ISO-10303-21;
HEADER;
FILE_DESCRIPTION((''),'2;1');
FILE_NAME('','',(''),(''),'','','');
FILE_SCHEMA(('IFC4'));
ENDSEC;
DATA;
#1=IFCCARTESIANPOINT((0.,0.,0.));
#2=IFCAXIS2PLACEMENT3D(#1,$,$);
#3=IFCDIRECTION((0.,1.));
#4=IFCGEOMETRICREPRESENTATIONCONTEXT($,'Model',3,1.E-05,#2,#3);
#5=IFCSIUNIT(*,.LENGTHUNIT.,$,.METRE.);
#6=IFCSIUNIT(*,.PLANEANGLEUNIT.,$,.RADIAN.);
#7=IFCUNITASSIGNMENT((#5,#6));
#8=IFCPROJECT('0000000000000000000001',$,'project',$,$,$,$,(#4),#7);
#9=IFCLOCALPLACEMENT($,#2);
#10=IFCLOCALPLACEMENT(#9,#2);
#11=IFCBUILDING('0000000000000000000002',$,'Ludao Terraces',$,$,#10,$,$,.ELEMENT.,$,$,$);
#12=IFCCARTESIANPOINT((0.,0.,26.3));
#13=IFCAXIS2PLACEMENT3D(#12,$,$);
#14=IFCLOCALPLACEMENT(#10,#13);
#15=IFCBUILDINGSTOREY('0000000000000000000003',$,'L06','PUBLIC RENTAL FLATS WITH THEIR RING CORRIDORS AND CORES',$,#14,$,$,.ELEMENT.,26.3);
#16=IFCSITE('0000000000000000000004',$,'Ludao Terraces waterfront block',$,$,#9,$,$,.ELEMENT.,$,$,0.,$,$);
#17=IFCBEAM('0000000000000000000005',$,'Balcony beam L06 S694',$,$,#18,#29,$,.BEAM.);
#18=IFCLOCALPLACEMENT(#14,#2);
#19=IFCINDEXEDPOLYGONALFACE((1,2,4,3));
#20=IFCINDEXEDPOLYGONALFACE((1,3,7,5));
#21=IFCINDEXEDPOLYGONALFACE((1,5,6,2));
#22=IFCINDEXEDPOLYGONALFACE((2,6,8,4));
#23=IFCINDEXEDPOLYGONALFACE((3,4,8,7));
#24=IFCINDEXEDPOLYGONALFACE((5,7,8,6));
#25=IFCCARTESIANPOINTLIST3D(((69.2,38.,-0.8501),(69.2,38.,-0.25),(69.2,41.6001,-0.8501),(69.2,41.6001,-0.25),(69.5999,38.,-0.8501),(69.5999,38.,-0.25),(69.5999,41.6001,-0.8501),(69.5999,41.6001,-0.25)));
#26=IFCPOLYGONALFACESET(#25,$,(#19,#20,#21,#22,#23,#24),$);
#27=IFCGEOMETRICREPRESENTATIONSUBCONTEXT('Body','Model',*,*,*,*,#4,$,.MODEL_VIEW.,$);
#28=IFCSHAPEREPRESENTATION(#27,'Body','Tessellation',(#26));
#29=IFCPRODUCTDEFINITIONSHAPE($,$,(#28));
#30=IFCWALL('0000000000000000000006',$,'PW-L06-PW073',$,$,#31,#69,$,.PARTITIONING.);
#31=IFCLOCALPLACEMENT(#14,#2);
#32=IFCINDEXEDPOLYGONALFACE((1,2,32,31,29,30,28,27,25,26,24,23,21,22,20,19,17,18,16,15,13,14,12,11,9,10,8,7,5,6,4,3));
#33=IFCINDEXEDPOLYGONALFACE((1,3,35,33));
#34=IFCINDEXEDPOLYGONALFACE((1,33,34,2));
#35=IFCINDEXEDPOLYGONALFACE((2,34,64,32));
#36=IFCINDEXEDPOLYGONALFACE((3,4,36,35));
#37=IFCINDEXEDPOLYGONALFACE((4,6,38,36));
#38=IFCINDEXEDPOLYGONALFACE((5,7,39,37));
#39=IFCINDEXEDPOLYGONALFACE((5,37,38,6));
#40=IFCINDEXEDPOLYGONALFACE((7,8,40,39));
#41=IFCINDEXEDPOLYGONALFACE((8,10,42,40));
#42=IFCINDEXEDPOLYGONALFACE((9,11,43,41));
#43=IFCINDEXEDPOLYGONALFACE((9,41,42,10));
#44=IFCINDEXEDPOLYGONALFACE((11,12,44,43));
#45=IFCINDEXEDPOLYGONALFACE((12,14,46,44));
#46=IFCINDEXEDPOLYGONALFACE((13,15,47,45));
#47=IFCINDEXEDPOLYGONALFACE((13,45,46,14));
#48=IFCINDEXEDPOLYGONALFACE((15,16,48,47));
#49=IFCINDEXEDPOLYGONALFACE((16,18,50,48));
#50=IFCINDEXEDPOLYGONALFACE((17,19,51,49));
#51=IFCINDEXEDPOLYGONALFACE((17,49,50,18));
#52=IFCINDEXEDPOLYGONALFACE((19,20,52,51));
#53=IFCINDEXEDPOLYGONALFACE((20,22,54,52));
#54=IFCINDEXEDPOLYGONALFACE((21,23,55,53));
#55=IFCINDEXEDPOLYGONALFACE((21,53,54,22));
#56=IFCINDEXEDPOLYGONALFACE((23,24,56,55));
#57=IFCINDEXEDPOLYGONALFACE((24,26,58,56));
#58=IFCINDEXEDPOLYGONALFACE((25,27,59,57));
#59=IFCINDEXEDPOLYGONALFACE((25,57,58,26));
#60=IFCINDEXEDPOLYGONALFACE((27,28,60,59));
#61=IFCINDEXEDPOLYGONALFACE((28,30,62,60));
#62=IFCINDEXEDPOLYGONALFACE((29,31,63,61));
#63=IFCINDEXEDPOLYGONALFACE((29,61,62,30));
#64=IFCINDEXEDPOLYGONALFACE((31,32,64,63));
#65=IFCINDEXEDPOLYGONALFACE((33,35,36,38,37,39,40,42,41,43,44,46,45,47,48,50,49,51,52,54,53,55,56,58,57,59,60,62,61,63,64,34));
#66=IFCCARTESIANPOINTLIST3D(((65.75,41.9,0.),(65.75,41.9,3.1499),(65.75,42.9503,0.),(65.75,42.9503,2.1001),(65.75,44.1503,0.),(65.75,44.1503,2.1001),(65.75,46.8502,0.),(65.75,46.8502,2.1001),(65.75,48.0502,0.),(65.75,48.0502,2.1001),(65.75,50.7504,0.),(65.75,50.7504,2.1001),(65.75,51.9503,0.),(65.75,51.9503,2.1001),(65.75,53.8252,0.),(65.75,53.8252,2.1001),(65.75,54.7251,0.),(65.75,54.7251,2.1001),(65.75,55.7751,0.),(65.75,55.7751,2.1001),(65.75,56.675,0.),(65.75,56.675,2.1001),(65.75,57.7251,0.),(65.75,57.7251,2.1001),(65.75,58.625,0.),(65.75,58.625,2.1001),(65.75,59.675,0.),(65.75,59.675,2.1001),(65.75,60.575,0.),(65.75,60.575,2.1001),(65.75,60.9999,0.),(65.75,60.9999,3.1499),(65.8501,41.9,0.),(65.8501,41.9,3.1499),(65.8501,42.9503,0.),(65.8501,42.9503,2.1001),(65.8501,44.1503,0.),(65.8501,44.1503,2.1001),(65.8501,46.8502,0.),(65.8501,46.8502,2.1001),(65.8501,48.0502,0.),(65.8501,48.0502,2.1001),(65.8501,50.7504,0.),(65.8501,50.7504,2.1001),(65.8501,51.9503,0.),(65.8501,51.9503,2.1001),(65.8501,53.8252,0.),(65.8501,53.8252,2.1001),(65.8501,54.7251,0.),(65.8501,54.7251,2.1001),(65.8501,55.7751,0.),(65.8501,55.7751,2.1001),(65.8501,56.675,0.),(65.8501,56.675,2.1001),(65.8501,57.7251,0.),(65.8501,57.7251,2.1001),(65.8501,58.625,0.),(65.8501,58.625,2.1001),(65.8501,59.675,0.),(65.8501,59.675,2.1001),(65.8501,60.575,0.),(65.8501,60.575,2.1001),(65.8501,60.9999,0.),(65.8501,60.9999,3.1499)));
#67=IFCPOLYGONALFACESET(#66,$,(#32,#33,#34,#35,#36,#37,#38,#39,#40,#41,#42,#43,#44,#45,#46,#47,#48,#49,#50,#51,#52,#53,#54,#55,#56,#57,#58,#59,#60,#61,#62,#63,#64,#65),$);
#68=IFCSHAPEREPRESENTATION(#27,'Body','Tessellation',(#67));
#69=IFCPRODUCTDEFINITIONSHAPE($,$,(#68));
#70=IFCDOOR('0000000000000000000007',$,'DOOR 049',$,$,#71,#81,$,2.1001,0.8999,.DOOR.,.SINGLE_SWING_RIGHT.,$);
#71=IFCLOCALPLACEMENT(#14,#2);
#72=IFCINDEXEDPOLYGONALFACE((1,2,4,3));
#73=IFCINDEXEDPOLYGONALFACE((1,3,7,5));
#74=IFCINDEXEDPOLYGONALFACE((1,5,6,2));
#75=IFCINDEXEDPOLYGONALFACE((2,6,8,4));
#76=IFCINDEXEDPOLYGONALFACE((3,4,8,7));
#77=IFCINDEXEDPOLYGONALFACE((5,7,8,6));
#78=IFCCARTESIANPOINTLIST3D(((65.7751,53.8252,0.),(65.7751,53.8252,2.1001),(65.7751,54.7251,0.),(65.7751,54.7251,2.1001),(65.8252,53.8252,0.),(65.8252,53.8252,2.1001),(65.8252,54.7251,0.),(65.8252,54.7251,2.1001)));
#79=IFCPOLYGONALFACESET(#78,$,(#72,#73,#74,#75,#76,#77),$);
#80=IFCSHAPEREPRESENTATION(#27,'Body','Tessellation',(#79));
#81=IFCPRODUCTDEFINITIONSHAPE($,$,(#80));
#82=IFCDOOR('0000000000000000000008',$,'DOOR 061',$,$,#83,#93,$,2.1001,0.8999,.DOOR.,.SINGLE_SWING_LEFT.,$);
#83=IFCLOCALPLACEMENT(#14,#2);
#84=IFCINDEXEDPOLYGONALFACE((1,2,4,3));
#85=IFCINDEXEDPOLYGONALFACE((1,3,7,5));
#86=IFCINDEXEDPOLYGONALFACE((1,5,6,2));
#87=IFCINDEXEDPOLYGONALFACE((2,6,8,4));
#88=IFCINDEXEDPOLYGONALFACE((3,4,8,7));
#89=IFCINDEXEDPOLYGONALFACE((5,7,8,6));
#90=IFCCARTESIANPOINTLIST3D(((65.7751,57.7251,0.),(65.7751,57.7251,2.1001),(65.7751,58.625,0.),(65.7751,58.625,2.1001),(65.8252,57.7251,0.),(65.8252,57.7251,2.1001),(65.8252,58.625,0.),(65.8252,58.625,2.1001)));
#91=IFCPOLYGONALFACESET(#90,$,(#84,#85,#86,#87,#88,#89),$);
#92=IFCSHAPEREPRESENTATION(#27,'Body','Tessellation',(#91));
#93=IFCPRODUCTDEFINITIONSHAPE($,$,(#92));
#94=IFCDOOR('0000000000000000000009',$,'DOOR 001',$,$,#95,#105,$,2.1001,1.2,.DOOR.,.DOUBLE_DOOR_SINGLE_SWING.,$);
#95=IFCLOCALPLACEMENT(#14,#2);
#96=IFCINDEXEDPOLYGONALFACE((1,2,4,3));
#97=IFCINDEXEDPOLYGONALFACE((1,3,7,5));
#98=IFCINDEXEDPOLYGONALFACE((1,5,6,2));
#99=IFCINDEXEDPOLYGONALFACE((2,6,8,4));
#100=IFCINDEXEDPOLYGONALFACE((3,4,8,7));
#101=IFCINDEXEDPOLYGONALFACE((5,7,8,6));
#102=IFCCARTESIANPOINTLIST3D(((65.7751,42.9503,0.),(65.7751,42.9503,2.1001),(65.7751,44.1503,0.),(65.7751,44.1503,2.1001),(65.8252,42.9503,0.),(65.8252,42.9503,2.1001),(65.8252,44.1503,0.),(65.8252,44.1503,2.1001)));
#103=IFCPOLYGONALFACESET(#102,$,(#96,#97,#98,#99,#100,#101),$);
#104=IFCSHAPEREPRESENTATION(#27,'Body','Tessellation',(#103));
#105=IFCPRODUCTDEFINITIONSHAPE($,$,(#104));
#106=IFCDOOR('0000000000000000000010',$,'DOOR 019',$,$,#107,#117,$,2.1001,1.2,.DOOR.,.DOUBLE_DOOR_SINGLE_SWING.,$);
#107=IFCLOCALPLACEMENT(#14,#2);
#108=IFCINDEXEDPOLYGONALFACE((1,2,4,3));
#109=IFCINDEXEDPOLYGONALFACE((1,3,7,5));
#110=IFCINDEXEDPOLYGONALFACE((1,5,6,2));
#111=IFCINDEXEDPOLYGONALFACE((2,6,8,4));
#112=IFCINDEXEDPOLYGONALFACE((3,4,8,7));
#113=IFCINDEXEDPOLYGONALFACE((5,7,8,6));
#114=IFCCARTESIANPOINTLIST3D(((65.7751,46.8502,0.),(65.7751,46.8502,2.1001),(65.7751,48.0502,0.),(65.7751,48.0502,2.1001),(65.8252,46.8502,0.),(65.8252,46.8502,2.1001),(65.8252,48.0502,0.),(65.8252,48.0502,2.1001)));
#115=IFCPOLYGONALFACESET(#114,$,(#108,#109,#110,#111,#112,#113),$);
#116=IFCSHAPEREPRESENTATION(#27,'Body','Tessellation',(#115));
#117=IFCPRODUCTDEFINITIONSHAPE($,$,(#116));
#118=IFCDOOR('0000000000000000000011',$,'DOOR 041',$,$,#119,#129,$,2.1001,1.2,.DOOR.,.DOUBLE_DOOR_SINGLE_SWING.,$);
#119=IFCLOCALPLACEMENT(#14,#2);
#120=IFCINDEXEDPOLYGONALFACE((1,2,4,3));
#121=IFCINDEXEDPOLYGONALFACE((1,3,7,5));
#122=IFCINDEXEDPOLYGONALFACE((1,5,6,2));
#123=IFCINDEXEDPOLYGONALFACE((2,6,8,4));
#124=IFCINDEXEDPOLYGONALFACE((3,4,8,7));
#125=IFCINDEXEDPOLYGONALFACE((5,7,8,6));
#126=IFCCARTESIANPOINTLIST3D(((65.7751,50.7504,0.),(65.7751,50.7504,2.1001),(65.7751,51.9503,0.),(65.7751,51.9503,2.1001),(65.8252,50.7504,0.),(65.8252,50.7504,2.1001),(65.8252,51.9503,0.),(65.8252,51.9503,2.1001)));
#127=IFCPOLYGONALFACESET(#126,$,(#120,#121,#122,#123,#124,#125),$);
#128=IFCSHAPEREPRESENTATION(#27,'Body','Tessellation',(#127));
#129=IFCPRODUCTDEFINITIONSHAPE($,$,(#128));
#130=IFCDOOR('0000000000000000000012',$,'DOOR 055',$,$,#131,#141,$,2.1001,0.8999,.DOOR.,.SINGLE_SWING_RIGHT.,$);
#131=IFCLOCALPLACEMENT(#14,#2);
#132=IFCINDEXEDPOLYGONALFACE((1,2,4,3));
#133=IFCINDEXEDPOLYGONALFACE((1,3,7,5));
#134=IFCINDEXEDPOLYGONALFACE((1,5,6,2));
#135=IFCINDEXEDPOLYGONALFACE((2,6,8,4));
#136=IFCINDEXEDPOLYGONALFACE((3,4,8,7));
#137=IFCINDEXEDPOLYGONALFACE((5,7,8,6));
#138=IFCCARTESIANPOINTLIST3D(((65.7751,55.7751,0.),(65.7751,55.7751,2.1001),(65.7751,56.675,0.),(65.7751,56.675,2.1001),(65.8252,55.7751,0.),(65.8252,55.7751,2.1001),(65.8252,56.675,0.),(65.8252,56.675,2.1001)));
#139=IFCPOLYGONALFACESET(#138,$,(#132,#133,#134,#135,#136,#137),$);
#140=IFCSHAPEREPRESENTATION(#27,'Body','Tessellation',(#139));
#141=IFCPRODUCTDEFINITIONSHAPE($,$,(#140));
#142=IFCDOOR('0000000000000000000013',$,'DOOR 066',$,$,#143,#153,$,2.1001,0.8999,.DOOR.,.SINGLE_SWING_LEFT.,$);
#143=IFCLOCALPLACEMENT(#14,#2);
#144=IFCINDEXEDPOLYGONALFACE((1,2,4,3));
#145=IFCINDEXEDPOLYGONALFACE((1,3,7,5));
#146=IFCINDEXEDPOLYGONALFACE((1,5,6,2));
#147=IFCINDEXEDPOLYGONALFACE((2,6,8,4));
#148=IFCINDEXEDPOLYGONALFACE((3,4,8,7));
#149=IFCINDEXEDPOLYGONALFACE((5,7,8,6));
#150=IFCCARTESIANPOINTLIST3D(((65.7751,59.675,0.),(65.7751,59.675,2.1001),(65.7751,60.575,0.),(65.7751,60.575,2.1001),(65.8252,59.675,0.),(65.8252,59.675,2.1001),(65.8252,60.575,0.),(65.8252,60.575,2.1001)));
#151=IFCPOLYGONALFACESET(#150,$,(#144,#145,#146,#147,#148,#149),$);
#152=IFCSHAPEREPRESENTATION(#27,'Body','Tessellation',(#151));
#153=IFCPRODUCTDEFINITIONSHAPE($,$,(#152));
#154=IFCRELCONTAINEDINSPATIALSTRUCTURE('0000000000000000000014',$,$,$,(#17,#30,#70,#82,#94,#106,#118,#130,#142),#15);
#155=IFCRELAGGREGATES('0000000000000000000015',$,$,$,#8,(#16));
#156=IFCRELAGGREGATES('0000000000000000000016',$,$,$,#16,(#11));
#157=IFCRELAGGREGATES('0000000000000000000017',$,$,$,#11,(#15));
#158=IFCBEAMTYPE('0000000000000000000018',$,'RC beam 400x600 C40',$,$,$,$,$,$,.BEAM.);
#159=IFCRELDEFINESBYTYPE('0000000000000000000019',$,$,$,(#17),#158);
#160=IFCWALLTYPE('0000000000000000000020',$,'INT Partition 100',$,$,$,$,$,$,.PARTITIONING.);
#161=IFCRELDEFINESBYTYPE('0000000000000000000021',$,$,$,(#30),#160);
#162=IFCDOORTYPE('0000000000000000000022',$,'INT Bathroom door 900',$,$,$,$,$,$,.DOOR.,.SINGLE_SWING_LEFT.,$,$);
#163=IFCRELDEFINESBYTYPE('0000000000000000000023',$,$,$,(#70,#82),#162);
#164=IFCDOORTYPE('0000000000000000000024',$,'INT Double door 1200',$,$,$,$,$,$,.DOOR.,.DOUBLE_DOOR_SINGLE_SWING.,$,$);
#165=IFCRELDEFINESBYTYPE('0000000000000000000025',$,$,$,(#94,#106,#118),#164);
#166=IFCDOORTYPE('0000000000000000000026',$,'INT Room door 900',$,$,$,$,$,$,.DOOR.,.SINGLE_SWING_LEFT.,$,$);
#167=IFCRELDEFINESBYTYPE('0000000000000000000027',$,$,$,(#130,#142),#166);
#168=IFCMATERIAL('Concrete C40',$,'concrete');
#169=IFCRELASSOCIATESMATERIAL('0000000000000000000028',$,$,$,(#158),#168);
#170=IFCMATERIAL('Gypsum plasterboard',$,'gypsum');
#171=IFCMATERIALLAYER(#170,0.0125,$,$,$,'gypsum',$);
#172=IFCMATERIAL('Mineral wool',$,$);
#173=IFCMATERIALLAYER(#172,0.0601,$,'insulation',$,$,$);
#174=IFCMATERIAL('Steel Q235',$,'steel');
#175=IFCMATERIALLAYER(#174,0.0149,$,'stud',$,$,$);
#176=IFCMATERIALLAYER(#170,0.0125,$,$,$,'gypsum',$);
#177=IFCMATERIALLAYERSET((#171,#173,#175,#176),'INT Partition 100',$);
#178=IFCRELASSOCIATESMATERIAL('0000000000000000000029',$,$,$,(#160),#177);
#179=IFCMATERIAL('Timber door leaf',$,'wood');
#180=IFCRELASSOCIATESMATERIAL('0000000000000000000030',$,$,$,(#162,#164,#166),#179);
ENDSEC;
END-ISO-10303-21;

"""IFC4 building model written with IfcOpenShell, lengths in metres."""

from ifc_helpers import new_model, si_unit, direction, frame, frame_2d, origin, origin_2d, place, context, subcontext, project, spatial, rectangle, extrude, material, layer, layer_set, material_profile, profile_set, type_object, element, fill, save


model = new_model("IFC4")

# Units and contexts
model_context = context("Model", 3, precision=1e-05, world=origin(), true_north=direction((0.0, 1.0)))
body_context = subcontext(model_context, "Body", "Model", "MODEL_VIEW")
ifc_project = project(units=[si_unit("LENGTHUNIT", "METRE"), si_unit("PLANEANGLEUNIT", "RADIAN")], contexts=[model_context])

# Site, building, storey
site_placement = place(None, origin())
site = spatial("IfcSite", under=ifc_project, at=site_placement, Name="Ludao Terraces waterfront block", CompositionType="ELEMENT", RefElevation=0.0)
building_placement = place(site_placement, origin())
building = spatial("IfcBuilding", under=site, at=building_placement, Name="Ludao Terraces", CompositionType="ELEMENT")
storey_placement = place(building_placement, frame((0.0, 0.0, 26.3)))
storey = spatial("IfcBuildingStorey", under=building, at=storey_placement, Name="L06", Description="PUBLIC RENTAL FLATS WITH THEIR RING CORRIDORS AND CORES", CompositionType="ELEMENT", Elevation=26.3)

# Beam
ifc_material_1 = material(Name="Concrete C40", Category="concrete")
ifc_material_profile = material_profile(ifc_material_1, rectangle(XDim=0.3999, YDim=0.6001, at=origin_2d()), Name="400 X 600")
ifc_profile_set = profile_set([ifc_material_profile], Name="Concrete C40")
beam_type = type_object("IfcBeamType", Name="RC beam 400x600 C40", PredefinedType="BEAM", material=ifc_profile_set)
beam_placement = place(storey_placement, frame((69.3999, 41.6001, -0.55), z_axis=(0.0, -1.0, 0.0), x_axis=(1.0, 0.0, 0.0)))
element("IfcBeam", 1, at=beam_placement, inside=storey, type_object=beam_type, Name="Balcony beam L06 S694", PredefinedType="BEAM", context=body_context, shape_type="SweptSolid", body=[
    extrude(rectangle(XDim=0.3999, YDim=0.6001, at=origin_2d()), origin(), (0.0, 0.0, 1.0), 3.6001),
])

# Wall, openings, doors
ifc_material_2 = material(Name="Gypsum plasterboard", Category="gypsum")
ifc_layer_1 = layer(ifc_material_2, 0.0125, Category="gypsum")
ifc_material_3 = material(Name="Mineral wool")
ifc_layer_2 = layer(ifc_material_3, 0.0601, Name="insulation")
ifc_material_4 = material(Name="Steel Q235", Category="steel")
ifc_layer_3 = layer(ifc_material_4, 0.0149, Name="stud")
ifc_layer_4 = layer(ifc_material_2, 0.0125, Category="gypsum")
ifc_layer_set = layer_set([ifc_layer_1, ifc_layer_2, ifc_layer_3, ifc_layer_4], Name="INT Partition 100")
wall_type = type_object("IfcWallType", Name="INT Partition 100", PredefinedType="PARTITIONING", material=ifc_layer_set)
wall_1_placement = place(storey_placement, frame((65.8, 41.9001, 0.0), z_axis=(0.0, 0.0, 1.0), x_axis=(0.0, 1.0, 0.0)))
wall_1 = element("IfcWall", 2, at=wall_1_placement, inside=storey, type_object=wall_type, Name="PW-L06-PW073", PredefinedType="PARTITIONING", context=body_context, shape_type="SweptSolid", body=[
    extrude(rectangle(XDim=19.0999, YDim=0.1001, at=frame_2d((9.5498, 0.0))), origin(), (0.0, 0.0, 1.0), 3.1499),
])
opening_1_placement = place(wall_1_placement, frame((1.05, 0.0, 0.0)))
opening_1 = element("IfcOpeningElement", 3, at=opening_1_placement, cuts=wall_1, PredefinedType="OPENING", context=body_context, shape_type="SweptSolid", body=[
    extrude(rectangle(XDim=1.2, YDim=2.1001, at=frame_2d((0.6001, 1.05))), frame((0.0, 0.0601, 0.0), z_axis=(0.0, -1.0, 0.0), x_axis=(1.0, 0.0, 0.0)), (0.0, 0.0, 1.0), 0.1201),
])
opening_2_placement = place(wall_1_placement, frame((4.95, 0.0, 0.0)))
opening_2 = element("IfcOpeningElement", 4, at=opening_2_placement, cuts=wall_1, PredefinedType="OPENING", context=body_context, shape_type="SweptSolid", body=[
    extrude(rectangle(XDim=1.2, YDim=2.1001, at=frame_2d((0.6001, 1.05))), frame((0.0, 0.0601, 0.0), z_axis=(0.0, -1.0, 0.0), x_axis=(1.0, 0.0, 0.0)), (0.0, 0.0, 1.0), 0.1201),
])
opening_3_placement = place(wall_1_placement, frame((8.8501, 0.0, 0.0)))
opening_3 = element("IfcOpeningElement", 5, at=opening_3_placement, cuts=wall_1, PredefinedType="OPENING", context=body_context, shape_type="SweptSolid", body=[
    extrude(rectangle(XDim=1.2, YDim=2.1001, at=frame_2d((0.6001, 1.05))), frame((0.0, 0.0601, 0.0), z_axis=(0.0, -1.0, 0.0), x_axis=(1.0, 0.0, 0.0)), (0.0, 0.0, 1.0), 0.1201),
])
opening_4_placement = place(wall_1_placement, frame((11.925, 0.0, 0.0)))
opening_4 = element("IfcOpeningElement", 6, at=opening_4_placement, cuts=wall_1, PredefinedType="OPENING", context=body_context, shape_type="SweptSolid", body=[
    extrude(rectangle(XDim=0.8999, YDim=2.1001, at=frame_2d((0.45, 1.05))), frame((0.0, 0.0601, 0.0), z_axis=(0.0, -1.0, 0.0), x_axis=(1.0, 0.0, 0.0)), (0.0, 0.0, 1.0), 0.1201),
])
opening_5_placement = place(wall_1_placement, frame((13.875, 0.0, 0.0)))
opening_5 = element("IfcOpeningElement", 7, at=opening_5_placement, cuts=wall_1, PredefinedType="OPENING", context=body_context, shape_type="SweptSolid", body=[
    extrude(rectangle(XDim=0.8999, YDim=2.1001, at=frame_2d((0.45, 1.05))), frame((0.0, 0.0601, 0.0), z_axis=(0.0, -1.0, 0.0), x_axis=(1.0, 0.0, 0.0)), (0.0, 0.0, 1.0), 0.1201),
])
opening_6_placement = place(wall_1_placement, frame((15.825, 0.0, 0.0)))
opening_6 = element("IfcOpeningElement", 8, at=opening_6_placement, cuts=wall_1, PredefinedType="OPENING", context=body_context, shape_type="SweptSolid", body=[
    extrude(rectangle(XDim=0.8999, YDim=2.1001, at=frame_2d((0.45, 1.05))), frame((0.0, 0.0601, 0.0), z_axis=(0.0, -1.0, 0.0), x_axis=(1.0, 0.0, 0.0)), (0.0, 0.0, 1.0), 0.1201),
])
opening_7_placement = place(wall_1_placement, frame((17.7749, 0.0, 0.0)))
opening_7 = element("IfcOpeningElement", 9, at=opening_7_placement, cuts=wall_1, PredefinedType="OPENING", context=body_context, shape_type="SweptSolid", body=[
    extrude(rectangle(XDim=0.8999, YDim=2.1001, at=frame_2d((0.45, 1.05))), frame((0.0, 0.0601, 0.0), z_axis=(0.0, -1.0, 0.0), x_axis=(1.0, 0.0, 0.0)), (0.0, 0.0, 1.0), 0.1201),
])
ifc_material_5 = material(Name="Timber door leaf", Category="wood")
door_type_1 = type_object("IfcDoorType", Name="INT Bathroom door 900", OperationType="SINGLE_SWING_LEFT", PredefinedType="DOOR", material=ifc_material_5)
door_1_placement = place(opening_4_placement, origin())
door_1 = element("IfcDoor", 10, at=door_1_placement, inside=storey, type_object=door_type_1, Name="DOOR 049", OperationType="SINGLE_SWING_RIGHT", OverallHeight=2.1001, OverallWidth=0.8999, PredefinedType="DOOR", context=body_context, shape_type="SweptSolid", body=[
    extrude(rectangle(XDim=0.8999, YDim=2.1001, at=frame_2d((0.45, 1.05))), frame((0.0, 0.0249, 0.0), z_axis=(0.0, -1.0, 0.0), x_axis=(1.0, 0.0, 0.0)), (0.0, 0.0, 1.0), 0.05),
])
fill(opening_4, door_1)
door_2_placement = place(opening_6_placement, origin())
door_2 = element("IfcDoor", 11, at=door_2_placement, inside=storey, type_object=door_type_1, Name="DOOR 061", OperationType="SINGLE_SWING_LEFT", OverallHeight=2.1001, OverallWidth=0.8999, PredefinedType="DOOR", context=body_context, shape_type="SweptSolid", body=[
    extrude(rectangle(XDim=0.8999, YDim=2.1001, at=frame_2d((0.45, 1.05))), frame((0.0, 0.0249, 0.0), z_axis=(0.0, -1.0, 0.0), x_axis=(1.0, 0.0, 0.0)), (0.0, 0.0, 1.0), 0.05),
])
fill(opening_6, door_2)
door_type_2 = type_object("IfcDoorType", Name="INT Double door 1200", OperationType="DOUBLE_DOOR_SINGLE_SWING", PredefinedType="DOOR", material=ifc_material_5)
door_3_placement = place(opening_1_placement, origin())
door_3 = element("IfcDoor", 12, at=door_3_placement, inside=storey, type_object=door_type_2, Name="DOOR 001", OperationType="DOUBLE_DOOR_SINGLE_SWING", OverallHeight=2.1001, OverallWidth=1.2, PredefinedType="DOOR", context=body_context, shape_type="SweptSolid", body=[
    extrude(rectangle(XDim=1.2, YDim=2.1001, at=frame_2d((0.6001, 1.05))), frame((0.0, 0.0249, 0.0), z_axis=(0.0, -1.0, 0.0), x_axis=(1.0, 0.0, 0.0)), (0.0, 0.0, 1.0), 0.05),
])
fill(opening_1, door_3)
door_4_placement = place(opening_2_placement, origin())
door_4 = element("IfcDoor", 13, at=door_4_placement, inside=storey, type_object=door_type_2, Name="DOOR 019", OperationType="DOUBLE_DOOR_SINGLE_SWING", OverallHeight=2.1001, OverallWidth=1.2, PredefinedType="DOOR", context=body_context, shape_type="SweptSolid", body=[
    extrude(rectangle(XDim=1.2, YDim=2.1001, at=frame_2d((0.6001, 1.05))), frame((0.0, 0.0249, 0.0), z_axis=(0.0, -1.0, 0.0), x_axis=(1.0, 0.0, 0.0)), (0.0, 0.0, 1.0), 0.05),
])
fill(opening_2, door_4)
door_5_placement = place(opening_3_placement, origin())
door_5 = element("IfcDoor", 14, at=door_5_placement, inside=storey, type_object=door_type_2, Name="DOOR 041", OperationType="DOUBLE_DOOR_SINGLE_SWING", OverallHeight=2.1001, OverallWidth=1.2, PredefinedType="DOOR", context=body_context, shape_type="SweptSolid", body=[
    extrude(rectangle(XDim=1.2, YDim=2.1001, at=frame_2d((0.6001, 1.05))), frame((0.0, 0.0249, 0.0), z_axis=(0.0, -1.0, 0.0), x_axis=(1.0, 0.0, 0.0)), (0.0, 0.0, 1.0), 0.05),
])
fill(opening_3, door_5)
door_type_3 = type_object("IfcDoorType", Name="INT Room door 900", OperationType="SINGLE_SWING_LEFT", PredefinedType="DOOR", material=ifc_material_5)
door_6_placement = place(opening_5_placement, origin())
door_6 = element("IfcDoor", 15, at=door_6_placement, inside=storey, type_object=door_type_3, Name="DOOR 055", OperationType="SINGLE_SWING_RIGHT", OverallHeight=2.1001, OverallWidth=0.8999, PredefinedType="DOOR", context=body_context, shape_type="SweptSolid", body=[
    extrude(rectangle(XDim=0.8999, YDim=2.1001, at=frame_2d((0.45, 1.05))), frame((0.0, 0.0249, 0.0), z_axis=(0.0, -1.0, 0.0), x_axis=(1.0, 0.0, 0.0)), (0.0, 0.0, 1.0), 0.05),
])
fill(opening_5, door_6)
door_7_placement = place(opening_7_placement, origin())
door_7 = element("IfcDoor", 16, at=door_7_placement, inside=storey, type_object=door_type_3, Name="DOOR 066", OperationType="SINGLE_SWING_LEFT", OverallHeight=2.1001, OverallWidth=0.8999, PredefinedType="DOOR", context=body_context, shape_type="SweptSolid", body=[
    extrude(rectangle(XDim=0.8999, YDim=2.1001, at=frame_2d((0.45, 1.05))), frame((0.0, 0.0249, 0.0), z_axis=(0.0, -1.0, 0.0), x_axis=(1.0, 0.0, 0.0)), (0.0, 0.0, 1.0), 0.05),
])
fill(opening_7, door_7)

save(model, "model.ifc")
